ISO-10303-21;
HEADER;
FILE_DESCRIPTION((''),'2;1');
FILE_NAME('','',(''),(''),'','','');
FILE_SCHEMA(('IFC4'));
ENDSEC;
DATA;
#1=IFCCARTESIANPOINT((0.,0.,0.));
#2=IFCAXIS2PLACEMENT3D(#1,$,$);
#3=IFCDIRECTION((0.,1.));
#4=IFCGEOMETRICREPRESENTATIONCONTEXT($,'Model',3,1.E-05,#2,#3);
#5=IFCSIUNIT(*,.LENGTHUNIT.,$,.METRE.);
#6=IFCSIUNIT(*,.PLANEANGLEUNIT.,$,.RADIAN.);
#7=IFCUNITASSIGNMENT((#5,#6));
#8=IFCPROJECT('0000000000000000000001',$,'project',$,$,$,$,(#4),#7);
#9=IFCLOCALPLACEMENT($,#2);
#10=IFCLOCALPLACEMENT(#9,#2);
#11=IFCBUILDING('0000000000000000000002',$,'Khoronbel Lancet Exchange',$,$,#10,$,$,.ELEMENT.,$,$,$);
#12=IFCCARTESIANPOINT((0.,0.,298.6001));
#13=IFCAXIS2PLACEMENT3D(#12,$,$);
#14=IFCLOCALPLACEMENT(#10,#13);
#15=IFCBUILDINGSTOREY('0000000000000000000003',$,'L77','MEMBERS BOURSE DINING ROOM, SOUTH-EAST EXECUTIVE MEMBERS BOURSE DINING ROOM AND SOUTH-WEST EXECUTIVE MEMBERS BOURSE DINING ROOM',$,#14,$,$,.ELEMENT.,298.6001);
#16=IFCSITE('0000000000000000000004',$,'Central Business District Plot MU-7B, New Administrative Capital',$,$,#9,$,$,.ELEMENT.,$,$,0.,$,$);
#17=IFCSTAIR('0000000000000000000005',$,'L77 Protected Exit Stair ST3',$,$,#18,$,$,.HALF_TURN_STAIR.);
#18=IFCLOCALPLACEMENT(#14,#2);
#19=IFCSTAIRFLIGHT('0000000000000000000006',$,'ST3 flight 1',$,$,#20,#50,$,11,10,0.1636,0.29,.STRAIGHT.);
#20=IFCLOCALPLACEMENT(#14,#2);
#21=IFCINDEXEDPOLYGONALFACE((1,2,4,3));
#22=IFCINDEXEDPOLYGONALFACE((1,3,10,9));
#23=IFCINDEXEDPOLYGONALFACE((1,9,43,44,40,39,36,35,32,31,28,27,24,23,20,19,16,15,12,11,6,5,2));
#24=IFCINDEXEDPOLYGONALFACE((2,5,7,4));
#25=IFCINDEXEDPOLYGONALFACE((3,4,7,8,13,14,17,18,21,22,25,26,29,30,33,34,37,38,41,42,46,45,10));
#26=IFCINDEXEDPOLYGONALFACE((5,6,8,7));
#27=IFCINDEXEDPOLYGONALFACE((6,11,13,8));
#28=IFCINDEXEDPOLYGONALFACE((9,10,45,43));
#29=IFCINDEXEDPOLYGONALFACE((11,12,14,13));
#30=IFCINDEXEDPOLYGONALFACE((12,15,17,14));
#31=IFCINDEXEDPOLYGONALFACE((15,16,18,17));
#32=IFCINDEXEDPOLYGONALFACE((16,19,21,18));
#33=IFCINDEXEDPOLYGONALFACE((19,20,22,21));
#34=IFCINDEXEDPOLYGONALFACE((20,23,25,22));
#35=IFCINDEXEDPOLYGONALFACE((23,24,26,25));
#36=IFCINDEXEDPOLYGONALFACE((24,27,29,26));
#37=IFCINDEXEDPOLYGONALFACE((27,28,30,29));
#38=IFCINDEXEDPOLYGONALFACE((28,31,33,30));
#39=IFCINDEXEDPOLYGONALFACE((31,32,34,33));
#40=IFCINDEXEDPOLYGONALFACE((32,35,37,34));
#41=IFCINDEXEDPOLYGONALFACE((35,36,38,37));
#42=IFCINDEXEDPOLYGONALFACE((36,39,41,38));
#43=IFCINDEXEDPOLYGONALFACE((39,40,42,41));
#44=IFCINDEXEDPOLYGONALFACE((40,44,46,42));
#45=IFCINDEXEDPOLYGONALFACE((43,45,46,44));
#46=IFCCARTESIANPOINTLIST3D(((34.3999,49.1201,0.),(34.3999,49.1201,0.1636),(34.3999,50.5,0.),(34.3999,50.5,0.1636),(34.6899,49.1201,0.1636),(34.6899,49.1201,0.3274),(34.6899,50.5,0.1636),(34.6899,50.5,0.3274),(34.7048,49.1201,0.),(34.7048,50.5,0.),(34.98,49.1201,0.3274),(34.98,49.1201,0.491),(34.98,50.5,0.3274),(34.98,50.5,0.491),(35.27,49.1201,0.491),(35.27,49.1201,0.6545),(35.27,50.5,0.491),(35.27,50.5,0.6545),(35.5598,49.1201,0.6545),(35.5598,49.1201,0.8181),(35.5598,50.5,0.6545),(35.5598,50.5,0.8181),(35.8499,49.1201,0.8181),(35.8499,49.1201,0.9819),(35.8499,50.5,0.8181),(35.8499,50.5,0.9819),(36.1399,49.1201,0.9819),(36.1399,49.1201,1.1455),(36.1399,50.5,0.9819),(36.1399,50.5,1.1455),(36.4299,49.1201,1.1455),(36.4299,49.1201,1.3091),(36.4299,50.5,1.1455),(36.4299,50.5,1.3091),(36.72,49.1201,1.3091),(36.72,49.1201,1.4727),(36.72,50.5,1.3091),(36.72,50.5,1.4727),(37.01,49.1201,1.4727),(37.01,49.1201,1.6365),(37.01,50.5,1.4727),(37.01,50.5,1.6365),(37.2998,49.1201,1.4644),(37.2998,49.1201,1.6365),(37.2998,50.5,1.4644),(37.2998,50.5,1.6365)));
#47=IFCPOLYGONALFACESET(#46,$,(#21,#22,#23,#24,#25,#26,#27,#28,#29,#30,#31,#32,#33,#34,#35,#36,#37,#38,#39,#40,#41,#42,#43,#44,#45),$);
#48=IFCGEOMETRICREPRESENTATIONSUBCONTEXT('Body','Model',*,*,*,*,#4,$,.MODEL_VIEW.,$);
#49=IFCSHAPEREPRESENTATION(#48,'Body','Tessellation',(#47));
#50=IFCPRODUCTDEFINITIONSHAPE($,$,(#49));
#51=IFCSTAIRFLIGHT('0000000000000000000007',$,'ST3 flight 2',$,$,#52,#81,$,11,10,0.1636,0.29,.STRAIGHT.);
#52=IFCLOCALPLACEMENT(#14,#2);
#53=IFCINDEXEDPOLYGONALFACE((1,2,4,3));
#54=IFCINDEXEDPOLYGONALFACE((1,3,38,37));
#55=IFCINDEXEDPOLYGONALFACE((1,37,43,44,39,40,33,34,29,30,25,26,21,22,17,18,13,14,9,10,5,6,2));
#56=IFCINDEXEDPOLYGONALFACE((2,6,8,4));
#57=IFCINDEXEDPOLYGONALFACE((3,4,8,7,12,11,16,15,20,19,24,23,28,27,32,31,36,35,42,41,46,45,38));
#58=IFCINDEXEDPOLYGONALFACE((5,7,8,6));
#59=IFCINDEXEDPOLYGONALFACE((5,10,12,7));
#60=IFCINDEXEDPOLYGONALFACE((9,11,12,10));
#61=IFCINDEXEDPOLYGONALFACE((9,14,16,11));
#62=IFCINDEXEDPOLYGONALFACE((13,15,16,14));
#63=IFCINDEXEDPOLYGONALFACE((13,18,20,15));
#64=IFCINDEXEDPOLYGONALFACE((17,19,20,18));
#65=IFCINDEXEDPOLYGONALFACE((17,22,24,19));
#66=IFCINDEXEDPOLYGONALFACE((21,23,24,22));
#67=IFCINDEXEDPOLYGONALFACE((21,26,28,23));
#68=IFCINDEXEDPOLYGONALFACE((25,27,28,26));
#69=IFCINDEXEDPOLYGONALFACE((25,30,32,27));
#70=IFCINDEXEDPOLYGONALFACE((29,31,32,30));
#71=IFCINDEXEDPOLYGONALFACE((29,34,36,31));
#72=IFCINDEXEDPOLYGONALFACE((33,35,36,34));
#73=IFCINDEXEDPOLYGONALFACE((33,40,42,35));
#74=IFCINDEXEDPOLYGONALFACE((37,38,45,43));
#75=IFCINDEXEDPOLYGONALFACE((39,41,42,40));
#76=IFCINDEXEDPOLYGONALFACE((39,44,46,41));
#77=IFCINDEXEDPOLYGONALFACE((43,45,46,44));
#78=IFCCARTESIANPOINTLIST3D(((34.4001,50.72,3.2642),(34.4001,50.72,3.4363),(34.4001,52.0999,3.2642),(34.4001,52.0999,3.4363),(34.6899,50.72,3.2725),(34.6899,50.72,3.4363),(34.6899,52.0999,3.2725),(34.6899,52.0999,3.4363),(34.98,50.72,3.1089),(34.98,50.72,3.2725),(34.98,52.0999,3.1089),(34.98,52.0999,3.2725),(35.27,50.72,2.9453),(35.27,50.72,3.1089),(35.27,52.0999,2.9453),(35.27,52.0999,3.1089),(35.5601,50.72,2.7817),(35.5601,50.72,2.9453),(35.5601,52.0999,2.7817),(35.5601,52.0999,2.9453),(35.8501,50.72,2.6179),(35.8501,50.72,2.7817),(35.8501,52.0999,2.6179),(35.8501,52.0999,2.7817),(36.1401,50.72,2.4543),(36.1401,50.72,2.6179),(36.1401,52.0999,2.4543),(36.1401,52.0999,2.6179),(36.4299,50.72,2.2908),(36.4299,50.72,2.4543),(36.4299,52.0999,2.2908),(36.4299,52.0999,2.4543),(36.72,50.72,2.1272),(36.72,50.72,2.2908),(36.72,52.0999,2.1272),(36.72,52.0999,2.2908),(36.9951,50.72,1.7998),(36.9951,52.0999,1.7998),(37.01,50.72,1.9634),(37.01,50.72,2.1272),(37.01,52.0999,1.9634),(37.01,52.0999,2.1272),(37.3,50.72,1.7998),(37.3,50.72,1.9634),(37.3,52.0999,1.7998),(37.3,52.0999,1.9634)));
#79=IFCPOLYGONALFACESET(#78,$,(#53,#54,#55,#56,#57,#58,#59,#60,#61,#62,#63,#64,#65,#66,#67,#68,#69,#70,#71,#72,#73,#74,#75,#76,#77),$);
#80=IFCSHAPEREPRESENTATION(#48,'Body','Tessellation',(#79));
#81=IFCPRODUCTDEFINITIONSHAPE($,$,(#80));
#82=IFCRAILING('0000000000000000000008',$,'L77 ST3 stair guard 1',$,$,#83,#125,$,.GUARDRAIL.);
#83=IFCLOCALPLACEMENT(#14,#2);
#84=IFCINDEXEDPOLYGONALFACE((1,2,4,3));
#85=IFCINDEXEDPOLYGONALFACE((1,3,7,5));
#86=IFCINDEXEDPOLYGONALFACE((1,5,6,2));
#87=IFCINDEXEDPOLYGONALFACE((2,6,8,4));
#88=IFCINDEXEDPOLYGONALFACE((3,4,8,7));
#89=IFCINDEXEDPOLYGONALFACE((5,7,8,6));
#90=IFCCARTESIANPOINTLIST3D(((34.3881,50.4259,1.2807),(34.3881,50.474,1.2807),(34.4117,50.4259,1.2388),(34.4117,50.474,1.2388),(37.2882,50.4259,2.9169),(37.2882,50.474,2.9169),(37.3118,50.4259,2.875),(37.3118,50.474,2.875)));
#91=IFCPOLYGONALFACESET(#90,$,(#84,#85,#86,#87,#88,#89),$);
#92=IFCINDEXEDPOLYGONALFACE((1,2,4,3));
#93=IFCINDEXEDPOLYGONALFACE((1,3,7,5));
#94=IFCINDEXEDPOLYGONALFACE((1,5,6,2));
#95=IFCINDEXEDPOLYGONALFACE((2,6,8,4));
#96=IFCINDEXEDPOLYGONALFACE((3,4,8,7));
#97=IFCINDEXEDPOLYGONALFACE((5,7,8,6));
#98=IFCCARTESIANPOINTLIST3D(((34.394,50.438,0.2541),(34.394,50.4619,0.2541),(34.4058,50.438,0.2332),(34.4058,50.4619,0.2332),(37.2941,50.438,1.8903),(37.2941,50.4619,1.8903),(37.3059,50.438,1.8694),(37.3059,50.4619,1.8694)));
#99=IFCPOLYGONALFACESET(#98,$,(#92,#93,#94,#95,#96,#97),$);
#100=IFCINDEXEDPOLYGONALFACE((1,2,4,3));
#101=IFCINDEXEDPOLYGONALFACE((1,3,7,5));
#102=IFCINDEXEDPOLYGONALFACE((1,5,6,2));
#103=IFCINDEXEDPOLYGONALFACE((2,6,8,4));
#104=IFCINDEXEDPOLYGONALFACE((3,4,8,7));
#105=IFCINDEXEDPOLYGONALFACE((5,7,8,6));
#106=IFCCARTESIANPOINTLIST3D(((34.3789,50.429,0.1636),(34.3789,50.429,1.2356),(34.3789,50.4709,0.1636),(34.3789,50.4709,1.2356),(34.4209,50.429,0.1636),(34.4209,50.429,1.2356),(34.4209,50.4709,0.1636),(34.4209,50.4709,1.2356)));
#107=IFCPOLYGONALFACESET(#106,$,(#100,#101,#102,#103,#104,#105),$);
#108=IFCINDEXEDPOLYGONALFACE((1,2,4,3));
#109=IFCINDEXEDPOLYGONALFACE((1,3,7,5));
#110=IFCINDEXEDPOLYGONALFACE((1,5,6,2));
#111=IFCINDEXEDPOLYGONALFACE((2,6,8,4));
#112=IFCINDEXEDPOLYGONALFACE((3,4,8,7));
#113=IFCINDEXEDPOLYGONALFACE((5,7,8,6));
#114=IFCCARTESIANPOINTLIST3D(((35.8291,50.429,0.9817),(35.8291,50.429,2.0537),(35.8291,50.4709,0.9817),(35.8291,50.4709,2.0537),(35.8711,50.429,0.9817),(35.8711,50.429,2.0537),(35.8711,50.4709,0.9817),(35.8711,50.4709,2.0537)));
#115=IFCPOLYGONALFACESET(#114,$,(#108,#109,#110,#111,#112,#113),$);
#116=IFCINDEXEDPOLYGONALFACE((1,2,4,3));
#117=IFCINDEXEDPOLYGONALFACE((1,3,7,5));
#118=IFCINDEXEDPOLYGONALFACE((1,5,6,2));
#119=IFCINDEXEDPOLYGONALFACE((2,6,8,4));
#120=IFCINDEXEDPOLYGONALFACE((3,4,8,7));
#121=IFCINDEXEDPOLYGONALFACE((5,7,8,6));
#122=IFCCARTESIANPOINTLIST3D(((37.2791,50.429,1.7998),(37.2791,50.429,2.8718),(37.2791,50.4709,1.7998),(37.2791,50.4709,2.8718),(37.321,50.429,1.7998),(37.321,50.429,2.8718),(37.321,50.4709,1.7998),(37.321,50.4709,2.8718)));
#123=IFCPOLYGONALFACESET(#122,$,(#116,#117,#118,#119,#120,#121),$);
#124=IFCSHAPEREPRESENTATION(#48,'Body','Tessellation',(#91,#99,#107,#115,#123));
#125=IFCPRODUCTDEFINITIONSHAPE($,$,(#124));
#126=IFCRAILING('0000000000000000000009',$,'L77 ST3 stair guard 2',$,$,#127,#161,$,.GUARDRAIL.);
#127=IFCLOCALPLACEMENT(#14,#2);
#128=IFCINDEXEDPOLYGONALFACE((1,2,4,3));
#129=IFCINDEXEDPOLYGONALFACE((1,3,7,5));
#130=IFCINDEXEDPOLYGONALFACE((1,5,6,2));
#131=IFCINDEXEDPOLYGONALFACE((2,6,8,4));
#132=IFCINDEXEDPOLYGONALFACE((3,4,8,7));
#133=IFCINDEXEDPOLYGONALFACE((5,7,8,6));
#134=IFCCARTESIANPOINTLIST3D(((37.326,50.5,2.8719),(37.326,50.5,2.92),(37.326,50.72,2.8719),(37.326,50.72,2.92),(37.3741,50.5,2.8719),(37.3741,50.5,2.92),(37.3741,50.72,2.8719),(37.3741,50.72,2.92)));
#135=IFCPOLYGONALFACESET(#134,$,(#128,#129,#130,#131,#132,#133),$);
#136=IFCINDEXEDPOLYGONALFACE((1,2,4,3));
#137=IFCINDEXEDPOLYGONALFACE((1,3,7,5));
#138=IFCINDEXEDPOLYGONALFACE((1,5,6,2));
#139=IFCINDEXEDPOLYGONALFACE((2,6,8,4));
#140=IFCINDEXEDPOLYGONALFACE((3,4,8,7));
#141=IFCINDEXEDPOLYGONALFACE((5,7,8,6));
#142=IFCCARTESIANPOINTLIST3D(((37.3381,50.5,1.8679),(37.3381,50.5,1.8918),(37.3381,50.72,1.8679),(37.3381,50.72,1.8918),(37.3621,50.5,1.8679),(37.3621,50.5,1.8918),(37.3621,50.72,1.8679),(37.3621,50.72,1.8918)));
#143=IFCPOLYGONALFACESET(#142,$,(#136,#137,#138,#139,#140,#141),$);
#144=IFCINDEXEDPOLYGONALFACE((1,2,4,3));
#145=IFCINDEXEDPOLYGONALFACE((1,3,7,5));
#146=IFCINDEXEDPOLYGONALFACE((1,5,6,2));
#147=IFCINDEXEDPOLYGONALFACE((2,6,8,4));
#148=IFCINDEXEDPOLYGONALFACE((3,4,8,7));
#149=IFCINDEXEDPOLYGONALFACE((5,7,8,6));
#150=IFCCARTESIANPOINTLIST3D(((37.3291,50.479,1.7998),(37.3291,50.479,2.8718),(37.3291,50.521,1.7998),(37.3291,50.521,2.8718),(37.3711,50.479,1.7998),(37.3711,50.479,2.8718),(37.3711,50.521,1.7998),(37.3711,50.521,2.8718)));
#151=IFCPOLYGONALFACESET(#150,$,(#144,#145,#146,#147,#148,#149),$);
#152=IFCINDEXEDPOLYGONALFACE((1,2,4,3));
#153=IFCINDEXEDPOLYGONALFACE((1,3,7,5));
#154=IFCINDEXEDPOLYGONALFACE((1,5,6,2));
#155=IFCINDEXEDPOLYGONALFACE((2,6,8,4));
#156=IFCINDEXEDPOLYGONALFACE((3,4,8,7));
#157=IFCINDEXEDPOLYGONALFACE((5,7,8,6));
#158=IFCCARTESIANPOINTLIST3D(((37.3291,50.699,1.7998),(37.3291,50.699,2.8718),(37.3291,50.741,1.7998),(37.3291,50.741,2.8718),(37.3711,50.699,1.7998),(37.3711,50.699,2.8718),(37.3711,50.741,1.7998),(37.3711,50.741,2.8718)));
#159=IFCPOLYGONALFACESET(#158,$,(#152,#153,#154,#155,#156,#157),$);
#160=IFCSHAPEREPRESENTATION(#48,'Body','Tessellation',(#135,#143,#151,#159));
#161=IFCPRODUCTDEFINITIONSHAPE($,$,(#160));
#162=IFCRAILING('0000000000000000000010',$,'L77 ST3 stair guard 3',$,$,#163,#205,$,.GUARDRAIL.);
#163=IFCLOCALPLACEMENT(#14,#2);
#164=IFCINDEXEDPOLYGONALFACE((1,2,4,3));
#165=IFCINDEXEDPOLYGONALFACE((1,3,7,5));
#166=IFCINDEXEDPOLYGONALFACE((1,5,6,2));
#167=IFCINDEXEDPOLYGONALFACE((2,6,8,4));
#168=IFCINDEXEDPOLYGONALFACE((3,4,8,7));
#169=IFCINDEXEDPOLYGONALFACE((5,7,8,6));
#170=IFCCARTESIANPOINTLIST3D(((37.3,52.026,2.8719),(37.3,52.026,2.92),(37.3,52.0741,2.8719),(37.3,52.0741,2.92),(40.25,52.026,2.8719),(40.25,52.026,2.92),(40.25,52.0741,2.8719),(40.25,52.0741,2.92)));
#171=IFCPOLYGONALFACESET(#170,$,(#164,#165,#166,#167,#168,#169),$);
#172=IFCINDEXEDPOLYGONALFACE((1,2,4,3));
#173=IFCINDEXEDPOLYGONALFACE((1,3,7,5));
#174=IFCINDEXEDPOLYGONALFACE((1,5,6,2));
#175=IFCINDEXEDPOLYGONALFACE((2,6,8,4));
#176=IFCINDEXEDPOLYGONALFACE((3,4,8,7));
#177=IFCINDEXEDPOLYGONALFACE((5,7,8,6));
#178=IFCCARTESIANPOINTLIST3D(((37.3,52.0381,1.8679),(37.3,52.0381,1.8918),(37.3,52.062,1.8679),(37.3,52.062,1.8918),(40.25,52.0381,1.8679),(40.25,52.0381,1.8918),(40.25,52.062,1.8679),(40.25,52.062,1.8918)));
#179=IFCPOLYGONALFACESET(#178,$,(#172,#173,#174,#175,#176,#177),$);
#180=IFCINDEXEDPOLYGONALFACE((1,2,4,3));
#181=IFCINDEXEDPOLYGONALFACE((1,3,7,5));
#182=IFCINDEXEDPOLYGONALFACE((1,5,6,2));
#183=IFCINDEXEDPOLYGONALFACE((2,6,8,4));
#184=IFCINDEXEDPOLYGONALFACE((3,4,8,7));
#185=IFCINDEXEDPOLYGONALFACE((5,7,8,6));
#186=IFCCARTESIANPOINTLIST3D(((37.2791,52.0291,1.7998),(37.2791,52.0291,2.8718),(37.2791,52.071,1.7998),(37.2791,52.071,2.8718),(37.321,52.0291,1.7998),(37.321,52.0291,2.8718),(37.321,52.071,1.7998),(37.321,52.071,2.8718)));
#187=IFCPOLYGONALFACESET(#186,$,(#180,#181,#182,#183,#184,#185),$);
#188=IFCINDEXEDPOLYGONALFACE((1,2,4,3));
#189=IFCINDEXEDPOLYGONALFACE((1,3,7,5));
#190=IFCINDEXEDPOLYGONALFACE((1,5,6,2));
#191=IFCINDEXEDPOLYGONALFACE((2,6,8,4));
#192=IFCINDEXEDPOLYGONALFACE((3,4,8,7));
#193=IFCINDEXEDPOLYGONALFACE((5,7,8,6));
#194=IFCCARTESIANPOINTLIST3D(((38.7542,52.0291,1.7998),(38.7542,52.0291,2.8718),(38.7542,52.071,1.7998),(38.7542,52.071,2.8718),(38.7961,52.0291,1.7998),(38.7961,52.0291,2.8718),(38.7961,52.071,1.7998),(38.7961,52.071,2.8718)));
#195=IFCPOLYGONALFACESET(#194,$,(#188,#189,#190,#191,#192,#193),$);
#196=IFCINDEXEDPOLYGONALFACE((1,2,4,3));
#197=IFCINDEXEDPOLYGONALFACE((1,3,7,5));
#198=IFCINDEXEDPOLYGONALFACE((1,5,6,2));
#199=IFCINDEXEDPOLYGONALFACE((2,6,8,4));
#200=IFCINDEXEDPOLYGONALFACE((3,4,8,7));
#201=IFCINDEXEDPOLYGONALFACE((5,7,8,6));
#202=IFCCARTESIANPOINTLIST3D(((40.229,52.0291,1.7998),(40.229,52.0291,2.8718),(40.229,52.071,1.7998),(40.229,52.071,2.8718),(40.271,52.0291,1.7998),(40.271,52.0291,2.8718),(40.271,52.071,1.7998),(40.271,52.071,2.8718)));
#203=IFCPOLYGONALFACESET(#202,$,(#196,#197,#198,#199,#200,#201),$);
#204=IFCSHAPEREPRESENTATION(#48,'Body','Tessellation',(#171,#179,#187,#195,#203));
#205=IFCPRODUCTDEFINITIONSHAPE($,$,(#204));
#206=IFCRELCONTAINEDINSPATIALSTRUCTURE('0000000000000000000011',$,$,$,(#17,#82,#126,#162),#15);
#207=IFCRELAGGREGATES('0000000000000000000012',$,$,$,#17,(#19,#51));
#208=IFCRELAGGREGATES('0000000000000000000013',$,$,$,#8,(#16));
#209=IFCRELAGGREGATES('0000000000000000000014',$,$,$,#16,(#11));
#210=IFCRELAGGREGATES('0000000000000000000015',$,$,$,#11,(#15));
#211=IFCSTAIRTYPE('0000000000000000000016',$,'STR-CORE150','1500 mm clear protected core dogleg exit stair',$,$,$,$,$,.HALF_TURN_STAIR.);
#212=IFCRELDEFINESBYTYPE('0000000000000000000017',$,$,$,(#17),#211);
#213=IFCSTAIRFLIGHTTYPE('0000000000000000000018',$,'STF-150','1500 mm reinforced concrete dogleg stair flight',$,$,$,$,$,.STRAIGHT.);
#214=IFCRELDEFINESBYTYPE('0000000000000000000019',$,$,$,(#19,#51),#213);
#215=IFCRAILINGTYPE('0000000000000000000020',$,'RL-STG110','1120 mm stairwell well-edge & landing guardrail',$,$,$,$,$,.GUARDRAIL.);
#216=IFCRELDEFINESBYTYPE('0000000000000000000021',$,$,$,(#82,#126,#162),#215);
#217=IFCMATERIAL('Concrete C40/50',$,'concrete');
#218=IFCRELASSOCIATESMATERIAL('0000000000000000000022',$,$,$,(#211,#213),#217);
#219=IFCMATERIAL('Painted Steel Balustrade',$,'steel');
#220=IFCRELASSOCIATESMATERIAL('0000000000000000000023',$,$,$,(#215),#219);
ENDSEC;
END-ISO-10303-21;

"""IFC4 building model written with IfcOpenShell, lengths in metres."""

from ifc_helpers import new_model, si_unit, direction, frame, origin, origin_2d, place, context, subcontext, project, spatial, polyline, rectangle, outline, extrude, material, type_object, element, aggregate, save


model = new_model("IFC4")

# Units and contexts
model_context = context("Model", 3, precision=1e-05, world=origin(), true_north=direction((0.0, 1.0)))
body_context = subcontext(model_context, "Body", "Model", "MODEL_VIEW")
ifc_project = project(units=[si_unit("LENGTHUNIT", "METRE"), si_unit("PLANEANGLEUNIT", "RADIAN")], contexts=[model_context])

# Site, building, storey
site_placement = place(None, origin())
site = spatial("IfcSite", under=ifc_project, at=site_placement, Name="Central Business District Plot MU-7B, New Administrative Capital", CompositionType="ELEMENT", RefElevation=0.0)
building_placement = place(site_placement, origin())
building = spatial("IfcBuilding", under=site, at=building_placement, Name="Khoronbel Lancet Exchange", CompositionType="ELEMENT")
storey_placement = place(building_placement, frame((0.0, 0.0, 298.6001)))
storey = spatial("IfcBuildingStorey", under=building, at=storey_placement, Name="L77", Description="MEMBERS BOURSE DINING ROOM, SOUTH-EAST EXECUTIVE MEMBERS BOURSE DINING ROOM AND SOUTH-WEST EXECUTIVE MEMBERS BOURSE DINING ROOM", CompositionType="ELEMENT", Elevation=298.6001)

# Stair, stair flights
ifc_material_1 = material(Name="Concrete C40/50", Category="concrete")
stair_type = type_object("IfcStairType", Name="STR-CORE150", Description="1500 mm clear protected core dogleg exit stair", PredefinedType="HALF_TURN_STAIR", material=ifc_material_1)
stair_placement = place(storey_placement, origin())
stair = element("IfcStair", 1, at=stair_placement, inside=storey, type_object=stair_type, Name="L77 Protected Exit Stair ST3", PredefinedType="HALF_TURN_STAIR")
stair_flight_type = type_object("IfcStairFlightType", Name="STF-150", Description="1500 mm reinforced concrete dogleg stair flight", PredefinedType="STRAIGHT", material=ifc_material_1)
stair_flight_1_placement = place(storey_placement, frame((34.3999, 49.8101, 0.0), z_axis=(0.0, 0.0, 1.0), x_axis=(1.0, 0.0, 0.0)))
stair_flight_1 = element("IfcStairFlight", 2, at=stair_flight_1_placement, type_object=stair_flight_type, Name="ST3 flight 1", NumberOfRisers=11, NumberOfTreads=10, PredefinedType="STRAIGHT", RiserHeight=0.1636, TreadLength=0.29, context=body_context, shape_type="SweptSolid", body=[
    extrude(outline(polyline([(0.0, 0.0), (0.0, 0.1636), (0.29, 0.1636), (0.29, 0.3274), (0.5801, 0.3274), (0.5801, 0.491), (0.8701, 0.491), (0.8701, 0.6545), (1.1599, 0.6545), (1.1599, 0.8181), (1.45, 0.8181), (1.45, 0.9819), (1.74, 0.9819), (1.74, 1.1455), (2.03, 1.1455), (2.03, 1.3091), (2.3201, 1.3091), (2.3201, 1.4727), (2.6101, 1.4727), (2.6101, 1.6365), (2.8999, 1.6365), (2.8999, 1.8), (2.8999, 1.4644), (0.3049, 0.0), (0.0, 0.0)])), frame((0.0, 0.6899, 0.0), z_axis=(0.0, -1.0, 0.0), x_axis=(1.0, 0.0, 0.0)), (0.0, 0.0, 1.0), 1.3799),
])
stair_flight_2_placement = place(storey_placement, frame((37.3, 51.4099, 1.7998), z_axis=(0.0, 0.0, 1.0), x_axis=(-1.0, 0.0, 0.0)))
stair_flight_2 = element("IfcStairFlight", 3, at=stair_flight_2_placement, type_object=stair_flight_type, Name="ST3 flight 2", NumberOfRisers=11, NumberOfTreads=10, PredefinedType="STRAIGHT", RiserHeight=0.1636, TreadLength=0.29, context=body_context, shape_type="SweptSolid", body=[
    extrude(outline(polyline([(0.0, 0.0), (0.0, 0.1636), (0.29, 0.1636), (0.29, 0.3274), (0.5801, 0.3274), (0.5801, 0.491), (0.8701, 0.491), (0.8701, 0.6545), (1.1599, 0.6545), (1.1599, 0.8181), (1.45, 0.8181), (1.45, 0.9819), (1.74, 0.9819), (1.74, 1.1455), (2.03, 1.1455), (2.03, 1.3091), (2.3201, 1.3091), (2.3201, 1.4727), (2.6101, 1.4727), (2.6101, 1.6365), (2.8999, 1.6365), (2.8999, 1.8), (2.8999, 1.4644), (0.3049, 0.0), (0.0, 0.0)])), frame((0.0, 0.6899, 0.0), z_axis=(0.0, -1.0, 0.0), x_axis=(1.0, 0.0, 0.0)), (0.0, 0.0, 1.0), 1.3799),
])
aggregate(stair, [stair_flight_1, stair_flight_2])

# Railings
ifc_material_2 = material(Name="Painted Steel Balustrade", Category="steel")
railing_type_1 = type_object("IfcRailingType", Name="RL-STG110", Description="1120 mm stairwell well-edge & landing guardrail", PredefinedType="GUARDRAIL", material=ifc_material_2)
railing_1_placement = place(storey_placement, frame((34.3999, 50.45, 0.1636)))
element("IfcRailing", 4, at=railing_1_placement, inside=storey, type_object=railing_type_1, Name="L77 ST3 stair guard 1", PredefinedType="GUARDRAIL", context=body_context, shape_type="SweptSolid", body=[
    extrude(rectangle(XDim=0.0481, YDim=0.0481, at=origin_2d()), frame((0.0, 0.0, 1.0962), z_axis=(0.870946, 0.0, 0.491378), x_axis=(0.0, 1.0, 0.0)), (0.0, 0.0, 1.0), 3.3298),
    extrude(rectangle(XDim=0.0239, YDim=0.0239, at=origin_2d()), frame((0.0, 0.0, 0.0801), z_axis=(0.870946, 0.0, 0.491378), x_axis=(0.0, 1.0, 0.0)), (0.0, 0.0, 1.0), 3.3298),
    extrude(rectangle(XDim=0.042, YDim=0.042, at=origin_2d()), origin(), (0.0, 0.0, 1.0), 1.072),
    extrude(rectangle(XDim=0.042, YDim=0.042, at=origin_2d()), frame((1.4502, 0.0, 0.8181)), (0.0, 0.0, 1.0), 1.072),
    extrude(rectangle(XDim=0.042, YDim=0.042, at=origin_2d()), frame((2.9001, 0.0, 1.6362)), (0.0, 0.0, 1.0), 1.072),
])
railing_2_placement = place(storey_placement, frame((37.3501, 50.5, 1.7998)))
element("IfcRailing", 5, at=railing_2_placement, inside=storey, type_object=railing_type_1, Name="L77 ST3 stair guard 2", PredefinedType="GUARDRAIL", context=body_context, shape_type="SweptSolid", body=[
    extrude(rectangle(XDim=0.0481, YDim=0.0481, at=origin_2d()), frame((0.0, 0.0, 1.0962), z_axis=(0.0, 1.0, 0.0), x_axis=(-1.0, 0.0, 0.0)), (0.0, 0.0, 1.0), 0.22),
    extrude(rectangle(XDim=0.0239, YDim=0.0239, at=origin_2d()), frame((0.0, 0.0, 0.0801), z_axis=(0.0, 1.0, 0.0), x_axis=(-1.0, 0.0, 0.0)), (0.0, 0.0, 1.0), 0.22),
    extrude(rectangle(XDim=0.042, YDim=0.042, at=origin_2d()), origin(), (0.0, 0.0, 1.0), 1.072),
    extrude(rectangle(XDim=0.042, YDim=0.042, at=origin_2d()), frame((0.0, 0.22, 0.0)), (0.0, 0.0, 1.0), 1.072),
])
railing_3_placement = place(storey_placement, frame((37.3, 52.05, 1.7998)))
element("IfcRailing", 6, at=railing_3_placement, inside=storey, type_object=railing_type_1, Name="L77 ST3 stair guard 3", PredefinedType="GUARDRAIL", context=body_context, shape_type="SweptSolid", body=[
    extrude(rectangle(XDim=0.0481, YDim=0.0481, at=origin_2d()), frame((0.0, 0.0, 1.0962), z_axis=(1.0, 0.0, 0.0), x_axis=(0.0, 1.0, 0.0)), (0.0, 0.0, 1.0), 2.95),
    extrude(rectangle(XDim=0.0239, YDim=0.0239, at=origin_2d()), frame((0.0, 0.0, 0.0801), z_axis=(1.0, 0.0, 0.0), x_axis=(0.0, 1.0, 0.0)), (0.0, 0.0, 1.0), 2.95),
    extrude(rectangle(XDim=0.042, YDim=0.042, at=origin_2d()), origin(), (0.0, 0.0, 1.0), 1.072),
    extrude(rectangle(XDim=0.042, YDim=0.042, at=origin_2d()), frame((1.4751, 0.0, 0.0)), (0.0, 0.0, 1.0), 1.072),
    extrude(rectangle(XDim=0.042, YDim=0.042, at=origin_2d()), frame((2.95, 0.0, 0.0)), (0.0, 0.0, 1.0), 1.072),
])

save(model, "model.ifc")
